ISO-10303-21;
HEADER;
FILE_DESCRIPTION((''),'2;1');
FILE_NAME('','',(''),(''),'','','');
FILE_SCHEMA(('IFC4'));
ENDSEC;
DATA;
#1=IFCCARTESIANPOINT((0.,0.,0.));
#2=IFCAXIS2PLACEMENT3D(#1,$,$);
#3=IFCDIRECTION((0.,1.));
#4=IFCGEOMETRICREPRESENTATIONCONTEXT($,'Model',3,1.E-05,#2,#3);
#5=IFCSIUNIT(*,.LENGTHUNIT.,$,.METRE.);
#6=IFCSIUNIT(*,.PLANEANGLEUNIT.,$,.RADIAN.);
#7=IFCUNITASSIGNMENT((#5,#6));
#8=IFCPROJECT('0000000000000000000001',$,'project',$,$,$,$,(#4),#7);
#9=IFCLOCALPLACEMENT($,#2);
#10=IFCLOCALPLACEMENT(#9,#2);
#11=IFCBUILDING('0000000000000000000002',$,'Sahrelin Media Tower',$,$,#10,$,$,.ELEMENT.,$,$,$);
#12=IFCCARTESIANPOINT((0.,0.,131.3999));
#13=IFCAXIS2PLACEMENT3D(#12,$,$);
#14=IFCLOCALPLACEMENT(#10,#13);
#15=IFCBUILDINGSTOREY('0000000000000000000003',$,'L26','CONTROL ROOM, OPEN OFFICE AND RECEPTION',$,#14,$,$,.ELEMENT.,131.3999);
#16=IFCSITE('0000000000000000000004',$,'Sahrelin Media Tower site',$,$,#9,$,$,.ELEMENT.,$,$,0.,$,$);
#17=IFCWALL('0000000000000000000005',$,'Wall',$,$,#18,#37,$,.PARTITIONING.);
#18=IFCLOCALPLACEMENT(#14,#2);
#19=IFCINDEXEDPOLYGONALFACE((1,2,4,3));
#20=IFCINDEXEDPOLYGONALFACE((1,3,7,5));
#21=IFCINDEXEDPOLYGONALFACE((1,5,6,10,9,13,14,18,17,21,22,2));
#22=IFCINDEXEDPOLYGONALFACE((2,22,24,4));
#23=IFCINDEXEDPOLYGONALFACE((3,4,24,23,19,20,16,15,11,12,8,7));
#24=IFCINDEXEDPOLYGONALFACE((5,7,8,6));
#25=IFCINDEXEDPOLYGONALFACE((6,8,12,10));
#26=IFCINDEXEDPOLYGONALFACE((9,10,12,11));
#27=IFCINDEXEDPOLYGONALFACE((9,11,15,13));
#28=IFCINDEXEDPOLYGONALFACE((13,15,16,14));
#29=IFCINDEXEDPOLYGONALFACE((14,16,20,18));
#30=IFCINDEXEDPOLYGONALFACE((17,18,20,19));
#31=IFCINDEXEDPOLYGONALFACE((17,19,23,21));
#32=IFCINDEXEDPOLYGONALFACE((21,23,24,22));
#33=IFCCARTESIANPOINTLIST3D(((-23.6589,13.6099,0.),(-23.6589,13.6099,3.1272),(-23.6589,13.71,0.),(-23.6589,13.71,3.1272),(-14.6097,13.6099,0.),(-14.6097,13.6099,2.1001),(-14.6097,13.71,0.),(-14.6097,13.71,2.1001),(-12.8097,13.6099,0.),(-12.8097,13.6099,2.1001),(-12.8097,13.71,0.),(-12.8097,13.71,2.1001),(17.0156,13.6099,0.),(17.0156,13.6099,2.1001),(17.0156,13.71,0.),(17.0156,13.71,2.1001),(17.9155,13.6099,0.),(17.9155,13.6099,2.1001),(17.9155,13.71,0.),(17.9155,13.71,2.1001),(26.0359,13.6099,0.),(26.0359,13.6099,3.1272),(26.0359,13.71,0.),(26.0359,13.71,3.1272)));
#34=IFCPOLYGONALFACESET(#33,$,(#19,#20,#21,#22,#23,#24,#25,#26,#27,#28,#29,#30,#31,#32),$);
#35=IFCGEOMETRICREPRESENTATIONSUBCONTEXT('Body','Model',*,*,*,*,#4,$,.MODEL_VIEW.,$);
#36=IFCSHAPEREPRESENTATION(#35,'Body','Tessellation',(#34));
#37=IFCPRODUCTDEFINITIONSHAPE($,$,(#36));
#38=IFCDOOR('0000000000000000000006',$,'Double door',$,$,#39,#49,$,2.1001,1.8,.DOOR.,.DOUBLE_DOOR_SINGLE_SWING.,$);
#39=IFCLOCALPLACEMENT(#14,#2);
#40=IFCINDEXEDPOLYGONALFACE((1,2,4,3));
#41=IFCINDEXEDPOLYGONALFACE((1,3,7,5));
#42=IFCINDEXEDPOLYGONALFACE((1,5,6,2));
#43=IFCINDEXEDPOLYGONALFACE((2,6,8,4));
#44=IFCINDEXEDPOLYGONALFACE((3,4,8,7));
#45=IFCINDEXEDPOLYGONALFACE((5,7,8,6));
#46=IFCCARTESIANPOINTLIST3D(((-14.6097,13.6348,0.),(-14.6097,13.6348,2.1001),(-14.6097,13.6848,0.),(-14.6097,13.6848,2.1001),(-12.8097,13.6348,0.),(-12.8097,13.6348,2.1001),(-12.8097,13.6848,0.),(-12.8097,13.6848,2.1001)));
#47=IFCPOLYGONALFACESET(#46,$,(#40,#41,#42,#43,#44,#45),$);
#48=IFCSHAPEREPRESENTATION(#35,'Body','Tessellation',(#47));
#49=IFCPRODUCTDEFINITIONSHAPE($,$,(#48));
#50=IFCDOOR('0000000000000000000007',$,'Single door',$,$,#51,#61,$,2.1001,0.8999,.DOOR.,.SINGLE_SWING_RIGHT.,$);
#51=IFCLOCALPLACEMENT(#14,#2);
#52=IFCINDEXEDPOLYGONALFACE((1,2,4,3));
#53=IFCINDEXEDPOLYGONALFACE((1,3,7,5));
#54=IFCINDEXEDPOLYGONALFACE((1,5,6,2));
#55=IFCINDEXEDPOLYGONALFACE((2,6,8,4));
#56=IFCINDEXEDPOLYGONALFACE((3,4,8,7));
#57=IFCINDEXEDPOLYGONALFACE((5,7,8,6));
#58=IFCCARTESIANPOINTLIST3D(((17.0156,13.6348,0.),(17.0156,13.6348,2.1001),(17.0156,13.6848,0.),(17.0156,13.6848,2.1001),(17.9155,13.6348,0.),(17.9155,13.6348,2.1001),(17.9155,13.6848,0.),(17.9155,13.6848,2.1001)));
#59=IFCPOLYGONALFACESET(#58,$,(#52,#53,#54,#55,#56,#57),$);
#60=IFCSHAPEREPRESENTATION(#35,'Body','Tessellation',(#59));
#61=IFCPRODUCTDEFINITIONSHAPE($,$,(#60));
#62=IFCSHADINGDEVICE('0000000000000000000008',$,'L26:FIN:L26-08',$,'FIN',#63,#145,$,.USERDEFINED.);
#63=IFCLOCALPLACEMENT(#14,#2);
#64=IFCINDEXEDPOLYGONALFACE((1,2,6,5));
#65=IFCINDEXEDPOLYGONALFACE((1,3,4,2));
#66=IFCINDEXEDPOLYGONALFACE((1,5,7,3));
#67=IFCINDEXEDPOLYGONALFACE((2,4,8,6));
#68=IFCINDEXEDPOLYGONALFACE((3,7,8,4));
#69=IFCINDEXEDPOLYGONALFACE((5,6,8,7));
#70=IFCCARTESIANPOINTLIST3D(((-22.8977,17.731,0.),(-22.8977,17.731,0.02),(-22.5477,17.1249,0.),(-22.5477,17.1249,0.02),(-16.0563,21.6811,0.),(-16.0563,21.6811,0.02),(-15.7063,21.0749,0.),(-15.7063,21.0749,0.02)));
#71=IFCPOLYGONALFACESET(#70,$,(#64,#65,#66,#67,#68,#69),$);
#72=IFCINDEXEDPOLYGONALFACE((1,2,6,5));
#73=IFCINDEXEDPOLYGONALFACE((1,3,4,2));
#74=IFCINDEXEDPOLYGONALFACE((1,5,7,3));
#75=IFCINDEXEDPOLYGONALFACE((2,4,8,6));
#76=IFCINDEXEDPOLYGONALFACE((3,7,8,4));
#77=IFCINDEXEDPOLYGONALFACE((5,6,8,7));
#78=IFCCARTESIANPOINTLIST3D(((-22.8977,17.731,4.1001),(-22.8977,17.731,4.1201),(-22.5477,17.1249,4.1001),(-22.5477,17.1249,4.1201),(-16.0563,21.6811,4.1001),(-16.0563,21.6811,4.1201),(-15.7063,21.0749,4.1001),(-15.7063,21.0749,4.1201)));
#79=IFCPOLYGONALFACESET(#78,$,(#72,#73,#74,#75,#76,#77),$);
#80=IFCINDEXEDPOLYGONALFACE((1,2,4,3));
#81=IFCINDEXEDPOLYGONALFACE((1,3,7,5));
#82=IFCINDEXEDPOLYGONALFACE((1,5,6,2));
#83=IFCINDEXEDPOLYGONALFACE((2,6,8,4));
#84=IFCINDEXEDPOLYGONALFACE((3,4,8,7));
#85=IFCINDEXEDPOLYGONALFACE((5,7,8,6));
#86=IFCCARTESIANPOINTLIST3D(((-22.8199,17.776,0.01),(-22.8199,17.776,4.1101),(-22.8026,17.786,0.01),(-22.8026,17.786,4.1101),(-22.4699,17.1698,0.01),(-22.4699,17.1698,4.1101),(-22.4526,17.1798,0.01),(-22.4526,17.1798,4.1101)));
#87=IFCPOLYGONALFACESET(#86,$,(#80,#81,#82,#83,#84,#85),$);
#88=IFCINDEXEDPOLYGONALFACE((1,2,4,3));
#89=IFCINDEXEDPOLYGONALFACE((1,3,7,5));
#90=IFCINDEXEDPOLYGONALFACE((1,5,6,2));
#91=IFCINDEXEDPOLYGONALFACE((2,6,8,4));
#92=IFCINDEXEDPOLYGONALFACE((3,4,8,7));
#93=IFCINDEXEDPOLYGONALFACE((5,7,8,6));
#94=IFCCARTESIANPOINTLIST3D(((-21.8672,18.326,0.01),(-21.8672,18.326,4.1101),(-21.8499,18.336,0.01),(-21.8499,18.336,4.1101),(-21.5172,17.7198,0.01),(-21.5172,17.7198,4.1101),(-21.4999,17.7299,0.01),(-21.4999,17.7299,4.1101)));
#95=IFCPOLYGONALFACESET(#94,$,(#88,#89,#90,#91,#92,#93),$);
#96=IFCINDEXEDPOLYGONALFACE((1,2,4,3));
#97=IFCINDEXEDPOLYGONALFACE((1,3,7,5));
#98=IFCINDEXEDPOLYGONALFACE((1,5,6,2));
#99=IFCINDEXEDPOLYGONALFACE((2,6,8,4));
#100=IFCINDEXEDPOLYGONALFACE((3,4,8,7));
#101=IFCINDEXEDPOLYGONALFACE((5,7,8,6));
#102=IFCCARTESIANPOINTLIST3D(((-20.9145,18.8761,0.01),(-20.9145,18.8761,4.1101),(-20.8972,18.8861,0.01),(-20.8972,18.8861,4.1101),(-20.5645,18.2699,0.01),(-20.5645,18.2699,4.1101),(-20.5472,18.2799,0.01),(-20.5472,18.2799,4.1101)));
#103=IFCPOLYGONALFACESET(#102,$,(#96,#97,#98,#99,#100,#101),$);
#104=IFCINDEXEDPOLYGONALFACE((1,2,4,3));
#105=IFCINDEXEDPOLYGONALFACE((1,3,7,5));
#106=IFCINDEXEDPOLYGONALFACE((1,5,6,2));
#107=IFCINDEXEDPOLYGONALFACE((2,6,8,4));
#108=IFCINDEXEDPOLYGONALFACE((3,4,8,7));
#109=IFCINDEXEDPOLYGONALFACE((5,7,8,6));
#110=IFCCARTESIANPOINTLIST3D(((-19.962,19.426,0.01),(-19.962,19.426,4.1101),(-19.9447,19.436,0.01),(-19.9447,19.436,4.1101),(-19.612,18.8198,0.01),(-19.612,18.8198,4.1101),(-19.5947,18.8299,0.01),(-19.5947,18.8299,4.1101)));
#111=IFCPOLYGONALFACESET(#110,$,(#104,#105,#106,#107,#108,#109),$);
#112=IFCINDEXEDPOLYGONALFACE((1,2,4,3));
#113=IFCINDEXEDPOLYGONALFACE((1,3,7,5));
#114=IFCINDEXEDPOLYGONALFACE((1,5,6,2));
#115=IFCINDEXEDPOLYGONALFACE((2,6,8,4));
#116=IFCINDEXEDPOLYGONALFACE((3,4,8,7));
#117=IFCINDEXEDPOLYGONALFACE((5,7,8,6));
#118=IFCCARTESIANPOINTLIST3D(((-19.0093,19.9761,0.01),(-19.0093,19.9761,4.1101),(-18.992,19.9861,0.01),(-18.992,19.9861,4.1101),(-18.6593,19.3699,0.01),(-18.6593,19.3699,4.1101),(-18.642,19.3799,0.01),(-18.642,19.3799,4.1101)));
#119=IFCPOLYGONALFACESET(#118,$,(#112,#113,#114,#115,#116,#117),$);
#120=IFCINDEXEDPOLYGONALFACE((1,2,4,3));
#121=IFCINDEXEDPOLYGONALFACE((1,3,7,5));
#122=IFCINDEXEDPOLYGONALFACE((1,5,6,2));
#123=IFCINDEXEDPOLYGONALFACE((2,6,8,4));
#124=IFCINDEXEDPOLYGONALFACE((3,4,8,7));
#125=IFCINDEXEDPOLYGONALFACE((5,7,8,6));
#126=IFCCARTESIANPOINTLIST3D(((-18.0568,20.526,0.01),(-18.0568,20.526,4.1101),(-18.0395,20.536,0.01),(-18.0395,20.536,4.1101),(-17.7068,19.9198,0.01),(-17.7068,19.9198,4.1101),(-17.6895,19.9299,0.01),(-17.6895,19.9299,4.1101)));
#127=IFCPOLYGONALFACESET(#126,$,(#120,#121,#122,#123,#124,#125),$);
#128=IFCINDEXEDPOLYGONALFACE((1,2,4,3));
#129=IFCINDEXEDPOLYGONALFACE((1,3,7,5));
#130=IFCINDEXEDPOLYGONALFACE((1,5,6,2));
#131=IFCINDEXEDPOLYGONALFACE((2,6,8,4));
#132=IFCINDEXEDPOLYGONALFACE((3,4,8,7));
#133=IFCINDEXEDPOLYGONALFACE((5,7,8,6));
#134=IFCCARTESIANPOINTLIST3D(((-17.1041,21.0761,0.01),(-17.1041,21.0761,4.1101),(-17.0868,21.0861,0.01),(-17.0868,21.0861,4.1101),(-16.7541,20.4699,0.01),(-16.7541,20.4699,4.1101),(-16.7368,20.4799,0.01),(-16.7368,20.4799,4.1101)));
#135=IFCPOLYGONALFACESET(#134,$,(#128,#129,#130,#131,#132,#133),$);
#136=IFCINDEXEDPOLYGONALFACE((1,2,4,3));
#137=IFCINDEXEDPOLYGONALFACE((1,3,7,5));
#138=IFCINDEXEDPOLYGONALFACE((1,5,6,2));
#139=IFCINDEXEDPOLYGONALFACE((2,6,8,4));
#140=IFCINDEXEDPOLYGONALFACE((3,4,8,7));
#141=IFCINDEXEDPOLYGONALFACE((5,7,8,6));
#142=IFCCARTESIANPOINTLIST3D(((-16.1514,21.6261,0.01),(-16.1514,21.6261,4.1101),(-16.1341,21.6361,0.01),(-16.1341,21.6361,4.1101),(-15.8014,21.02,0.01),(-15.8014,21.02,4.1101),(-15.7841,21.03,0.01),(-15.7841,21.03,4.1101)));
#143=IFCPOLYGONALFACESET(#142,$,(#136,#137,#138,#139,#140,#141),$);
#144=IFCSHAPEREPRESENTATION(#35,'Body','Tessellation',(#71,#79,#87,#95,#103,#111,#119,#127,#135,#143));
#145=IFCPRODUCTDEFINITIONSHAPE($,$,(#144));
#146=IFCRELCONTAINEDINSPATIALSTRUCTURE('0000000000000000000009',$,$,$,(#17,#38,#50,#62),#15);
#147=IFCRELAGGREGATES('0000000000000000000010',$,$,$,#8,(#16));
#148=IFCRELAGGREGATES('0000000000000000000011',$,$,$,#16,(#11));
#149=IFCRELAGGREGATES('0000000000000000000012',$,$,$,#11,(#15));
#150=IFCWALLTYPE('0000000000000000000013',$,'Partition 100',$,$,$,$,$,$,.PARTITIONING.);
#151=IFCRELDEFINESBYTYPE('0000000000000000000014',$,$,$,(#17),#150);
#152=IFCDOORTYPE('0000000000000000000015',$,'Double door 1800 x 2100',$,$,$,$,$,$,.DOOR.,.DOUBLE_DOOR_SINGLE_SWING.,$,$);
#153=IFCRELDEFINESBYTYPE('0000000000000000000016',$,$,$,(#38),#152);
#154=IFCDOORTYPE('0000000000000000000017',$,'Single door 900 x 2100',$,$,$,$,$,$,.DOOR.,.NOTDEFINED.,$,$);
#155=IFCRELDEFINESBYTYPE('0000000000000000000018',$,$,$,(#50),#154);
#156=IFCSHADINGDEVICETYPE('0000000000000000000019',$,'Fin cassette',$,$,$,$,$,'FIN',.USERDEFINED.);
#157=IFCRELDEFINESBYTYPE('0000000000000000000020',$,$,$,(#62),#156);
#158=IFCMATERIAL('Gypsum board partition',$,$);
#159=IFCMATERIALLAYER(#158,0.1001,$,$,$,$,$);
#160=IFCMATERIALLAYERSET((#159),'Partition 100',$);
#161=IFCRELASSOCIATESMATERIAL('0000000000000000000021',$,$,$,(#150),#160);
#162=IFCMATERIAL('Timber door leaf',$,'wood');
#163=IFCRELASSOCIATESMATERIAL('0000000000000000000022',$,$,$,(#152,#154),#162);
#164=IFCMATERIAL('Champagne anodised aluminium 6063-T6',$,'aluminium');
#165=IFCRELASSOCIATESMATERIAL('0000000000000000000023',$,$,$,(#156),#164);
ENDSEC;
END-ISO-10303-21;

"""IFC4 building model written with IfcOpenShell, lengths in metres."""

from ifc_helpers import new_model, si_unit, direction, frame, frame_2d, origin, origin_2d, place, context, subcontext, project, spatial, rectangle, extrude, material, layer, layer_set, type_object, element, fill, save


model = new_model("IFC4")

# Units and contexts
model_context = context("Model", 3, precision=1e-05, world=origin(), true_north=direction((0.0, 1.0)))
body_context = subcontext(model_context, "Body", "Model", "MODEL_VIEW")
ifc_project = project(units=[si_unit("LENGTHUNIT", "METRE"), si_unit("PLANEANGLEUNIT", "RADIAN")], contexts=[model_context])

# Site, building, storey
site_placement = place(None, origin())
site = spatial("IfcSite", under=ifc_project, at=site_placement, Name="Sahrelin Media Tower site", CompositionType="ELEMENT", RefElevation=0.0)
building_placement = place(site_placement, origin())
building = spatial("IfcBuilding", under=site, at=building_placement, Name="Sahrelin Media Tower", CompositionType="ELEMENT")
storey_placement = place(building_placement, frame((0.0, 0.0, 131.3999)))
storey = spatial("IfcBuildingStorey", under=building, at=storey_placement, Name="L26", Description="CONTROL ROOM, OPEN OFFICE AND RECEPTION", CompositionType="ELEMENT", Elevation=131.3999)

# Shared definitions
ifc_material_1 = material(Name="Champagne anodised aluminium 6063-T6", Category="aluminium")

# Wall, openings, doors
ifc_material_2 = material(Name="Gypsum board partition")
ifc_layer_1 = layer(ifc_material_2, 0.1001)
ifc_layer_set_1 = layer_set([ifc_layer_1], Name="Partition 100")
wall_type_1 = type_object("IfcWallType", Name="Partition 100", PredefinedType="PARTITIONING", material=ifc_layer_set_1)
wall_1_placement = place(storey_placement, frame((-23.6589, 13.6599, 0.0), z_axis=(0.0, 0.0, 1.0), x_axis=(1.0, 0.0, 0.0)))
wall_1 = element("IfcWall", 1, at=wall_1_placement, inside=storey, type_object=wall_type_1, Name="Wall", PredefinedType="PARTITIONING", context=body_context, shape_type="SweptSolid", body=[
    extrude(rectangle(XDim=49.6948, YDim=0.1001, at=frame_2d((24.8474, 0.0))), origin(), (0.0, 0.0, 1.0), 3.1272),
])
opening_1_placement = place(wall_1_placement, frame((40.6746, 0.0, 0.0)))
opening_1 = element("IfcOpeningElement", 2, at=opening_1_placement, cuts=wall_1, PredefinedType="OPENING", context=body_context, shape_type="SweptSolid", body=[
    extrude(rectangle(XDim=0.8999, YDim=2.1001, at=frame_2d((0.45, 1.05))), frame((0.0, 0.05, 0.0), z_axis=(0.0, -1.0, 0.0), x_axis=(1.0, 0.0, 0.0)), (0.0, 0.0, 1.0), 0.1001),
])
opening_2_placement = place(wall_1_placement, frame((9.0493, 0.0, 0.0)))
opening_2 = element("IfcOpeningElement", 3, at=opening_2_placement, cuts=wall_1, PredefinedType="OPENING", context=body_context, shape_type="SweptSolid", body=[
    extrude(rectangle(XDim=1.8, YDim=2.1001, at=frame_2d((0.8999, 1.05))), frame((0.0, 0.05, 0.0), z_axis=(0.0, -1.0, 0.0), x_axis=(1.0, 0.0, 0.0)), (0.0, 0.0, 1.0), 0.1001),
])
ifc_material_3 = material(Name="Timber door leaf", Category="wood")
door_type_1 = type_object("IfcDoorType", Name="Double door 1800 x 2100", OperationType="DOUBLE_DOOR_SINGLE_SWING", PredefinedType="DOOR", material=ifc_material_3)
door_1_placement = place(opening_2_placement, origin())
door_1 = element("IfcDoor", 4, at=door_1_placement, inside=storey, type_object=door_type_1, Name="Double door", OperationType="DOUBLE_DOOR_SINGLE_SWING", OverallHeight=2.1001, OverallWidth=1.8, PredefinedType="DOOR", context=body_context, shape_type="SweptSolid", body=[
    extrude(rectangle(XDim=1.8, YDim=2.1001, at=frame_2d((0.8999, 1.05))), frame((0.0, 0.0249, 0.0), z_axis=(0.0, -1.0, 0.0), x_axis=(1.0, 0.0, 0.0)), (0.0, 0.0, 1.0), 0.05),
])
fill(opening_2, door_1)
door_type_2 = type_object("IfcDoorType", Name="Single door 900 x 2100", OperationType="NOTDEFINED", PredefinedType="DOOR", material=ifc_material_3)
door_2_placement = place(opening_1_placement, origin())
door_2 = element("IfcDoor", 5, at=door_2_placement, inside=storey, type_object=door_type_2, Name="Single door", OperationType="SINGLE_SWING_RIGHT", OverallHeight=2.1001, OverallWidth=0.8999, PredefinedType="DOOR", context=body_context, shape_type="SweptSolid", body=[
    extrude(rectangle(XDim=0.8999, YDim=2.1001, at=frame_2d((0.45, 1.05))), frame((0.0, 0.0249, 0.0), z_axis=(0.0, -1.0, 0.0), x_axis=(1.0, 0.0, 0.0)), (0.0, 0.0, 1.0), 0.05),
])
fill(opening_1, door_2)

# Shading device
shading_device_type_1 = type_object("IfcShadingDeviceType", Name="Fin cassette", ElementType="FIN", PredefinedType="USERDEFINED", material=ifc_material_1)
placement_1 = place(storey_placement, frame((-19.092, 19.0393, 0.0), z_axis=(0.0, 0.0, 1.0), x_axis=(0.866019, 0.500011, 0.0)))
element("IfcShadingDevice", 6, at=placement_1, inside=storey, type_object=shading_device_type_1, Name="L26:FIN:L26-08", ObjectType="FIN", PredefinedType="USERDEFINED", context=body_context, shape_type="SweptSolid", body=[
    extrude(rectangle(XDim=7.8999, YDim=0.7, at=origin_2d()), frame((0.0, 0.4199, 0.0)), (0.0, 0.0, 1.0), 0.02),
    extrude(rectangle(XDim=7.8999, YDim=0.7, at=origin_2d()), frame((0.0, 0.4199, 4.1001)), (0.0, 0.0, 1.0), 0.02),
    extrude(rectangle(XDim=0.02, YDim=0.7, at=origin_2d()), frame((-3.8501, 0.4199, 0.01), z_axis=(0.0, 0.0, 1.0), x_axis=(1.0, 0.0, 0.0)), (0.0, 0.0, 1.0), 4.1001),
    extrude(rectangle(XDim=0.02, YDim=0.7, at=origin_2d()), frame((-2.75, 0.4199, 0.01), z_axis=(0.0, 0.0, 1.0), x_axis=(1.0, 0.0, 0.0)), (0.0, 0.0, 1.0), 4.1001),
    extrude(rectangle(XDim=0.02, YDim=0.7, at=origin_2d()), frame((-1.6499, 0.4199, 0.01), z_axis=(0.0, 0.0, 1.0), x_axis=(1.0, 0.0, 0.0)), (0.0, 0.0, 1.0), 4.1001),
    extrude(rectangle(XDim=0.02, YDim=0.7, at=origin_2d()), frame((-0.55, 0.4199, 0.01), z_axis=(0.0, 0.0, 1.0), x_axis=(1.0, 0.0, 0.0)), (0.0, 0.0, 1.0), 4.1001),
    extrude(rectangle(XDim=0.02, YDim=0.7, at=origin_2d()), frame((0.55, 0.4199, 0.01), z_axis=(0.0, 0.0, 1.0), x_axis=(1.0, 0.0, 0.0)), (0.0, 0.0, 1.0), 4.1001),
    extrude(rectangle(XDim=0.02, YDim=0.7, at=origin_2d()), frame((1.6499, 0.4199, 0.01), z_axis=(0.0, 0.0, 1.0), x_axis=(1.0, 0.0, 0.0)), (0.0, 0.0, 1.0), 4.1001),
    extrude(rectangle(XDim=0.02, YDim=0.7, at=origin_2d()), frame((2.75, 0.4199, 0.01), z_axis=(0.0, 0.0, 1.0), x_axis=(1.0, 0.0, 0.0)), (0.0, 0.0, 1.0), 4.1001),
    extrude(rectangle(XDim=0.02, YDim=0.7, at=origin_2d()), frame((3.8501, 0.4199, 0.01), z_axis=(0.0, 0.0, 1.0), x_axis=(1.0, 0.0, 0.0)), (0.0, 0.0, 1.0), 4.1001),
])

save(model, "model.ifc")
